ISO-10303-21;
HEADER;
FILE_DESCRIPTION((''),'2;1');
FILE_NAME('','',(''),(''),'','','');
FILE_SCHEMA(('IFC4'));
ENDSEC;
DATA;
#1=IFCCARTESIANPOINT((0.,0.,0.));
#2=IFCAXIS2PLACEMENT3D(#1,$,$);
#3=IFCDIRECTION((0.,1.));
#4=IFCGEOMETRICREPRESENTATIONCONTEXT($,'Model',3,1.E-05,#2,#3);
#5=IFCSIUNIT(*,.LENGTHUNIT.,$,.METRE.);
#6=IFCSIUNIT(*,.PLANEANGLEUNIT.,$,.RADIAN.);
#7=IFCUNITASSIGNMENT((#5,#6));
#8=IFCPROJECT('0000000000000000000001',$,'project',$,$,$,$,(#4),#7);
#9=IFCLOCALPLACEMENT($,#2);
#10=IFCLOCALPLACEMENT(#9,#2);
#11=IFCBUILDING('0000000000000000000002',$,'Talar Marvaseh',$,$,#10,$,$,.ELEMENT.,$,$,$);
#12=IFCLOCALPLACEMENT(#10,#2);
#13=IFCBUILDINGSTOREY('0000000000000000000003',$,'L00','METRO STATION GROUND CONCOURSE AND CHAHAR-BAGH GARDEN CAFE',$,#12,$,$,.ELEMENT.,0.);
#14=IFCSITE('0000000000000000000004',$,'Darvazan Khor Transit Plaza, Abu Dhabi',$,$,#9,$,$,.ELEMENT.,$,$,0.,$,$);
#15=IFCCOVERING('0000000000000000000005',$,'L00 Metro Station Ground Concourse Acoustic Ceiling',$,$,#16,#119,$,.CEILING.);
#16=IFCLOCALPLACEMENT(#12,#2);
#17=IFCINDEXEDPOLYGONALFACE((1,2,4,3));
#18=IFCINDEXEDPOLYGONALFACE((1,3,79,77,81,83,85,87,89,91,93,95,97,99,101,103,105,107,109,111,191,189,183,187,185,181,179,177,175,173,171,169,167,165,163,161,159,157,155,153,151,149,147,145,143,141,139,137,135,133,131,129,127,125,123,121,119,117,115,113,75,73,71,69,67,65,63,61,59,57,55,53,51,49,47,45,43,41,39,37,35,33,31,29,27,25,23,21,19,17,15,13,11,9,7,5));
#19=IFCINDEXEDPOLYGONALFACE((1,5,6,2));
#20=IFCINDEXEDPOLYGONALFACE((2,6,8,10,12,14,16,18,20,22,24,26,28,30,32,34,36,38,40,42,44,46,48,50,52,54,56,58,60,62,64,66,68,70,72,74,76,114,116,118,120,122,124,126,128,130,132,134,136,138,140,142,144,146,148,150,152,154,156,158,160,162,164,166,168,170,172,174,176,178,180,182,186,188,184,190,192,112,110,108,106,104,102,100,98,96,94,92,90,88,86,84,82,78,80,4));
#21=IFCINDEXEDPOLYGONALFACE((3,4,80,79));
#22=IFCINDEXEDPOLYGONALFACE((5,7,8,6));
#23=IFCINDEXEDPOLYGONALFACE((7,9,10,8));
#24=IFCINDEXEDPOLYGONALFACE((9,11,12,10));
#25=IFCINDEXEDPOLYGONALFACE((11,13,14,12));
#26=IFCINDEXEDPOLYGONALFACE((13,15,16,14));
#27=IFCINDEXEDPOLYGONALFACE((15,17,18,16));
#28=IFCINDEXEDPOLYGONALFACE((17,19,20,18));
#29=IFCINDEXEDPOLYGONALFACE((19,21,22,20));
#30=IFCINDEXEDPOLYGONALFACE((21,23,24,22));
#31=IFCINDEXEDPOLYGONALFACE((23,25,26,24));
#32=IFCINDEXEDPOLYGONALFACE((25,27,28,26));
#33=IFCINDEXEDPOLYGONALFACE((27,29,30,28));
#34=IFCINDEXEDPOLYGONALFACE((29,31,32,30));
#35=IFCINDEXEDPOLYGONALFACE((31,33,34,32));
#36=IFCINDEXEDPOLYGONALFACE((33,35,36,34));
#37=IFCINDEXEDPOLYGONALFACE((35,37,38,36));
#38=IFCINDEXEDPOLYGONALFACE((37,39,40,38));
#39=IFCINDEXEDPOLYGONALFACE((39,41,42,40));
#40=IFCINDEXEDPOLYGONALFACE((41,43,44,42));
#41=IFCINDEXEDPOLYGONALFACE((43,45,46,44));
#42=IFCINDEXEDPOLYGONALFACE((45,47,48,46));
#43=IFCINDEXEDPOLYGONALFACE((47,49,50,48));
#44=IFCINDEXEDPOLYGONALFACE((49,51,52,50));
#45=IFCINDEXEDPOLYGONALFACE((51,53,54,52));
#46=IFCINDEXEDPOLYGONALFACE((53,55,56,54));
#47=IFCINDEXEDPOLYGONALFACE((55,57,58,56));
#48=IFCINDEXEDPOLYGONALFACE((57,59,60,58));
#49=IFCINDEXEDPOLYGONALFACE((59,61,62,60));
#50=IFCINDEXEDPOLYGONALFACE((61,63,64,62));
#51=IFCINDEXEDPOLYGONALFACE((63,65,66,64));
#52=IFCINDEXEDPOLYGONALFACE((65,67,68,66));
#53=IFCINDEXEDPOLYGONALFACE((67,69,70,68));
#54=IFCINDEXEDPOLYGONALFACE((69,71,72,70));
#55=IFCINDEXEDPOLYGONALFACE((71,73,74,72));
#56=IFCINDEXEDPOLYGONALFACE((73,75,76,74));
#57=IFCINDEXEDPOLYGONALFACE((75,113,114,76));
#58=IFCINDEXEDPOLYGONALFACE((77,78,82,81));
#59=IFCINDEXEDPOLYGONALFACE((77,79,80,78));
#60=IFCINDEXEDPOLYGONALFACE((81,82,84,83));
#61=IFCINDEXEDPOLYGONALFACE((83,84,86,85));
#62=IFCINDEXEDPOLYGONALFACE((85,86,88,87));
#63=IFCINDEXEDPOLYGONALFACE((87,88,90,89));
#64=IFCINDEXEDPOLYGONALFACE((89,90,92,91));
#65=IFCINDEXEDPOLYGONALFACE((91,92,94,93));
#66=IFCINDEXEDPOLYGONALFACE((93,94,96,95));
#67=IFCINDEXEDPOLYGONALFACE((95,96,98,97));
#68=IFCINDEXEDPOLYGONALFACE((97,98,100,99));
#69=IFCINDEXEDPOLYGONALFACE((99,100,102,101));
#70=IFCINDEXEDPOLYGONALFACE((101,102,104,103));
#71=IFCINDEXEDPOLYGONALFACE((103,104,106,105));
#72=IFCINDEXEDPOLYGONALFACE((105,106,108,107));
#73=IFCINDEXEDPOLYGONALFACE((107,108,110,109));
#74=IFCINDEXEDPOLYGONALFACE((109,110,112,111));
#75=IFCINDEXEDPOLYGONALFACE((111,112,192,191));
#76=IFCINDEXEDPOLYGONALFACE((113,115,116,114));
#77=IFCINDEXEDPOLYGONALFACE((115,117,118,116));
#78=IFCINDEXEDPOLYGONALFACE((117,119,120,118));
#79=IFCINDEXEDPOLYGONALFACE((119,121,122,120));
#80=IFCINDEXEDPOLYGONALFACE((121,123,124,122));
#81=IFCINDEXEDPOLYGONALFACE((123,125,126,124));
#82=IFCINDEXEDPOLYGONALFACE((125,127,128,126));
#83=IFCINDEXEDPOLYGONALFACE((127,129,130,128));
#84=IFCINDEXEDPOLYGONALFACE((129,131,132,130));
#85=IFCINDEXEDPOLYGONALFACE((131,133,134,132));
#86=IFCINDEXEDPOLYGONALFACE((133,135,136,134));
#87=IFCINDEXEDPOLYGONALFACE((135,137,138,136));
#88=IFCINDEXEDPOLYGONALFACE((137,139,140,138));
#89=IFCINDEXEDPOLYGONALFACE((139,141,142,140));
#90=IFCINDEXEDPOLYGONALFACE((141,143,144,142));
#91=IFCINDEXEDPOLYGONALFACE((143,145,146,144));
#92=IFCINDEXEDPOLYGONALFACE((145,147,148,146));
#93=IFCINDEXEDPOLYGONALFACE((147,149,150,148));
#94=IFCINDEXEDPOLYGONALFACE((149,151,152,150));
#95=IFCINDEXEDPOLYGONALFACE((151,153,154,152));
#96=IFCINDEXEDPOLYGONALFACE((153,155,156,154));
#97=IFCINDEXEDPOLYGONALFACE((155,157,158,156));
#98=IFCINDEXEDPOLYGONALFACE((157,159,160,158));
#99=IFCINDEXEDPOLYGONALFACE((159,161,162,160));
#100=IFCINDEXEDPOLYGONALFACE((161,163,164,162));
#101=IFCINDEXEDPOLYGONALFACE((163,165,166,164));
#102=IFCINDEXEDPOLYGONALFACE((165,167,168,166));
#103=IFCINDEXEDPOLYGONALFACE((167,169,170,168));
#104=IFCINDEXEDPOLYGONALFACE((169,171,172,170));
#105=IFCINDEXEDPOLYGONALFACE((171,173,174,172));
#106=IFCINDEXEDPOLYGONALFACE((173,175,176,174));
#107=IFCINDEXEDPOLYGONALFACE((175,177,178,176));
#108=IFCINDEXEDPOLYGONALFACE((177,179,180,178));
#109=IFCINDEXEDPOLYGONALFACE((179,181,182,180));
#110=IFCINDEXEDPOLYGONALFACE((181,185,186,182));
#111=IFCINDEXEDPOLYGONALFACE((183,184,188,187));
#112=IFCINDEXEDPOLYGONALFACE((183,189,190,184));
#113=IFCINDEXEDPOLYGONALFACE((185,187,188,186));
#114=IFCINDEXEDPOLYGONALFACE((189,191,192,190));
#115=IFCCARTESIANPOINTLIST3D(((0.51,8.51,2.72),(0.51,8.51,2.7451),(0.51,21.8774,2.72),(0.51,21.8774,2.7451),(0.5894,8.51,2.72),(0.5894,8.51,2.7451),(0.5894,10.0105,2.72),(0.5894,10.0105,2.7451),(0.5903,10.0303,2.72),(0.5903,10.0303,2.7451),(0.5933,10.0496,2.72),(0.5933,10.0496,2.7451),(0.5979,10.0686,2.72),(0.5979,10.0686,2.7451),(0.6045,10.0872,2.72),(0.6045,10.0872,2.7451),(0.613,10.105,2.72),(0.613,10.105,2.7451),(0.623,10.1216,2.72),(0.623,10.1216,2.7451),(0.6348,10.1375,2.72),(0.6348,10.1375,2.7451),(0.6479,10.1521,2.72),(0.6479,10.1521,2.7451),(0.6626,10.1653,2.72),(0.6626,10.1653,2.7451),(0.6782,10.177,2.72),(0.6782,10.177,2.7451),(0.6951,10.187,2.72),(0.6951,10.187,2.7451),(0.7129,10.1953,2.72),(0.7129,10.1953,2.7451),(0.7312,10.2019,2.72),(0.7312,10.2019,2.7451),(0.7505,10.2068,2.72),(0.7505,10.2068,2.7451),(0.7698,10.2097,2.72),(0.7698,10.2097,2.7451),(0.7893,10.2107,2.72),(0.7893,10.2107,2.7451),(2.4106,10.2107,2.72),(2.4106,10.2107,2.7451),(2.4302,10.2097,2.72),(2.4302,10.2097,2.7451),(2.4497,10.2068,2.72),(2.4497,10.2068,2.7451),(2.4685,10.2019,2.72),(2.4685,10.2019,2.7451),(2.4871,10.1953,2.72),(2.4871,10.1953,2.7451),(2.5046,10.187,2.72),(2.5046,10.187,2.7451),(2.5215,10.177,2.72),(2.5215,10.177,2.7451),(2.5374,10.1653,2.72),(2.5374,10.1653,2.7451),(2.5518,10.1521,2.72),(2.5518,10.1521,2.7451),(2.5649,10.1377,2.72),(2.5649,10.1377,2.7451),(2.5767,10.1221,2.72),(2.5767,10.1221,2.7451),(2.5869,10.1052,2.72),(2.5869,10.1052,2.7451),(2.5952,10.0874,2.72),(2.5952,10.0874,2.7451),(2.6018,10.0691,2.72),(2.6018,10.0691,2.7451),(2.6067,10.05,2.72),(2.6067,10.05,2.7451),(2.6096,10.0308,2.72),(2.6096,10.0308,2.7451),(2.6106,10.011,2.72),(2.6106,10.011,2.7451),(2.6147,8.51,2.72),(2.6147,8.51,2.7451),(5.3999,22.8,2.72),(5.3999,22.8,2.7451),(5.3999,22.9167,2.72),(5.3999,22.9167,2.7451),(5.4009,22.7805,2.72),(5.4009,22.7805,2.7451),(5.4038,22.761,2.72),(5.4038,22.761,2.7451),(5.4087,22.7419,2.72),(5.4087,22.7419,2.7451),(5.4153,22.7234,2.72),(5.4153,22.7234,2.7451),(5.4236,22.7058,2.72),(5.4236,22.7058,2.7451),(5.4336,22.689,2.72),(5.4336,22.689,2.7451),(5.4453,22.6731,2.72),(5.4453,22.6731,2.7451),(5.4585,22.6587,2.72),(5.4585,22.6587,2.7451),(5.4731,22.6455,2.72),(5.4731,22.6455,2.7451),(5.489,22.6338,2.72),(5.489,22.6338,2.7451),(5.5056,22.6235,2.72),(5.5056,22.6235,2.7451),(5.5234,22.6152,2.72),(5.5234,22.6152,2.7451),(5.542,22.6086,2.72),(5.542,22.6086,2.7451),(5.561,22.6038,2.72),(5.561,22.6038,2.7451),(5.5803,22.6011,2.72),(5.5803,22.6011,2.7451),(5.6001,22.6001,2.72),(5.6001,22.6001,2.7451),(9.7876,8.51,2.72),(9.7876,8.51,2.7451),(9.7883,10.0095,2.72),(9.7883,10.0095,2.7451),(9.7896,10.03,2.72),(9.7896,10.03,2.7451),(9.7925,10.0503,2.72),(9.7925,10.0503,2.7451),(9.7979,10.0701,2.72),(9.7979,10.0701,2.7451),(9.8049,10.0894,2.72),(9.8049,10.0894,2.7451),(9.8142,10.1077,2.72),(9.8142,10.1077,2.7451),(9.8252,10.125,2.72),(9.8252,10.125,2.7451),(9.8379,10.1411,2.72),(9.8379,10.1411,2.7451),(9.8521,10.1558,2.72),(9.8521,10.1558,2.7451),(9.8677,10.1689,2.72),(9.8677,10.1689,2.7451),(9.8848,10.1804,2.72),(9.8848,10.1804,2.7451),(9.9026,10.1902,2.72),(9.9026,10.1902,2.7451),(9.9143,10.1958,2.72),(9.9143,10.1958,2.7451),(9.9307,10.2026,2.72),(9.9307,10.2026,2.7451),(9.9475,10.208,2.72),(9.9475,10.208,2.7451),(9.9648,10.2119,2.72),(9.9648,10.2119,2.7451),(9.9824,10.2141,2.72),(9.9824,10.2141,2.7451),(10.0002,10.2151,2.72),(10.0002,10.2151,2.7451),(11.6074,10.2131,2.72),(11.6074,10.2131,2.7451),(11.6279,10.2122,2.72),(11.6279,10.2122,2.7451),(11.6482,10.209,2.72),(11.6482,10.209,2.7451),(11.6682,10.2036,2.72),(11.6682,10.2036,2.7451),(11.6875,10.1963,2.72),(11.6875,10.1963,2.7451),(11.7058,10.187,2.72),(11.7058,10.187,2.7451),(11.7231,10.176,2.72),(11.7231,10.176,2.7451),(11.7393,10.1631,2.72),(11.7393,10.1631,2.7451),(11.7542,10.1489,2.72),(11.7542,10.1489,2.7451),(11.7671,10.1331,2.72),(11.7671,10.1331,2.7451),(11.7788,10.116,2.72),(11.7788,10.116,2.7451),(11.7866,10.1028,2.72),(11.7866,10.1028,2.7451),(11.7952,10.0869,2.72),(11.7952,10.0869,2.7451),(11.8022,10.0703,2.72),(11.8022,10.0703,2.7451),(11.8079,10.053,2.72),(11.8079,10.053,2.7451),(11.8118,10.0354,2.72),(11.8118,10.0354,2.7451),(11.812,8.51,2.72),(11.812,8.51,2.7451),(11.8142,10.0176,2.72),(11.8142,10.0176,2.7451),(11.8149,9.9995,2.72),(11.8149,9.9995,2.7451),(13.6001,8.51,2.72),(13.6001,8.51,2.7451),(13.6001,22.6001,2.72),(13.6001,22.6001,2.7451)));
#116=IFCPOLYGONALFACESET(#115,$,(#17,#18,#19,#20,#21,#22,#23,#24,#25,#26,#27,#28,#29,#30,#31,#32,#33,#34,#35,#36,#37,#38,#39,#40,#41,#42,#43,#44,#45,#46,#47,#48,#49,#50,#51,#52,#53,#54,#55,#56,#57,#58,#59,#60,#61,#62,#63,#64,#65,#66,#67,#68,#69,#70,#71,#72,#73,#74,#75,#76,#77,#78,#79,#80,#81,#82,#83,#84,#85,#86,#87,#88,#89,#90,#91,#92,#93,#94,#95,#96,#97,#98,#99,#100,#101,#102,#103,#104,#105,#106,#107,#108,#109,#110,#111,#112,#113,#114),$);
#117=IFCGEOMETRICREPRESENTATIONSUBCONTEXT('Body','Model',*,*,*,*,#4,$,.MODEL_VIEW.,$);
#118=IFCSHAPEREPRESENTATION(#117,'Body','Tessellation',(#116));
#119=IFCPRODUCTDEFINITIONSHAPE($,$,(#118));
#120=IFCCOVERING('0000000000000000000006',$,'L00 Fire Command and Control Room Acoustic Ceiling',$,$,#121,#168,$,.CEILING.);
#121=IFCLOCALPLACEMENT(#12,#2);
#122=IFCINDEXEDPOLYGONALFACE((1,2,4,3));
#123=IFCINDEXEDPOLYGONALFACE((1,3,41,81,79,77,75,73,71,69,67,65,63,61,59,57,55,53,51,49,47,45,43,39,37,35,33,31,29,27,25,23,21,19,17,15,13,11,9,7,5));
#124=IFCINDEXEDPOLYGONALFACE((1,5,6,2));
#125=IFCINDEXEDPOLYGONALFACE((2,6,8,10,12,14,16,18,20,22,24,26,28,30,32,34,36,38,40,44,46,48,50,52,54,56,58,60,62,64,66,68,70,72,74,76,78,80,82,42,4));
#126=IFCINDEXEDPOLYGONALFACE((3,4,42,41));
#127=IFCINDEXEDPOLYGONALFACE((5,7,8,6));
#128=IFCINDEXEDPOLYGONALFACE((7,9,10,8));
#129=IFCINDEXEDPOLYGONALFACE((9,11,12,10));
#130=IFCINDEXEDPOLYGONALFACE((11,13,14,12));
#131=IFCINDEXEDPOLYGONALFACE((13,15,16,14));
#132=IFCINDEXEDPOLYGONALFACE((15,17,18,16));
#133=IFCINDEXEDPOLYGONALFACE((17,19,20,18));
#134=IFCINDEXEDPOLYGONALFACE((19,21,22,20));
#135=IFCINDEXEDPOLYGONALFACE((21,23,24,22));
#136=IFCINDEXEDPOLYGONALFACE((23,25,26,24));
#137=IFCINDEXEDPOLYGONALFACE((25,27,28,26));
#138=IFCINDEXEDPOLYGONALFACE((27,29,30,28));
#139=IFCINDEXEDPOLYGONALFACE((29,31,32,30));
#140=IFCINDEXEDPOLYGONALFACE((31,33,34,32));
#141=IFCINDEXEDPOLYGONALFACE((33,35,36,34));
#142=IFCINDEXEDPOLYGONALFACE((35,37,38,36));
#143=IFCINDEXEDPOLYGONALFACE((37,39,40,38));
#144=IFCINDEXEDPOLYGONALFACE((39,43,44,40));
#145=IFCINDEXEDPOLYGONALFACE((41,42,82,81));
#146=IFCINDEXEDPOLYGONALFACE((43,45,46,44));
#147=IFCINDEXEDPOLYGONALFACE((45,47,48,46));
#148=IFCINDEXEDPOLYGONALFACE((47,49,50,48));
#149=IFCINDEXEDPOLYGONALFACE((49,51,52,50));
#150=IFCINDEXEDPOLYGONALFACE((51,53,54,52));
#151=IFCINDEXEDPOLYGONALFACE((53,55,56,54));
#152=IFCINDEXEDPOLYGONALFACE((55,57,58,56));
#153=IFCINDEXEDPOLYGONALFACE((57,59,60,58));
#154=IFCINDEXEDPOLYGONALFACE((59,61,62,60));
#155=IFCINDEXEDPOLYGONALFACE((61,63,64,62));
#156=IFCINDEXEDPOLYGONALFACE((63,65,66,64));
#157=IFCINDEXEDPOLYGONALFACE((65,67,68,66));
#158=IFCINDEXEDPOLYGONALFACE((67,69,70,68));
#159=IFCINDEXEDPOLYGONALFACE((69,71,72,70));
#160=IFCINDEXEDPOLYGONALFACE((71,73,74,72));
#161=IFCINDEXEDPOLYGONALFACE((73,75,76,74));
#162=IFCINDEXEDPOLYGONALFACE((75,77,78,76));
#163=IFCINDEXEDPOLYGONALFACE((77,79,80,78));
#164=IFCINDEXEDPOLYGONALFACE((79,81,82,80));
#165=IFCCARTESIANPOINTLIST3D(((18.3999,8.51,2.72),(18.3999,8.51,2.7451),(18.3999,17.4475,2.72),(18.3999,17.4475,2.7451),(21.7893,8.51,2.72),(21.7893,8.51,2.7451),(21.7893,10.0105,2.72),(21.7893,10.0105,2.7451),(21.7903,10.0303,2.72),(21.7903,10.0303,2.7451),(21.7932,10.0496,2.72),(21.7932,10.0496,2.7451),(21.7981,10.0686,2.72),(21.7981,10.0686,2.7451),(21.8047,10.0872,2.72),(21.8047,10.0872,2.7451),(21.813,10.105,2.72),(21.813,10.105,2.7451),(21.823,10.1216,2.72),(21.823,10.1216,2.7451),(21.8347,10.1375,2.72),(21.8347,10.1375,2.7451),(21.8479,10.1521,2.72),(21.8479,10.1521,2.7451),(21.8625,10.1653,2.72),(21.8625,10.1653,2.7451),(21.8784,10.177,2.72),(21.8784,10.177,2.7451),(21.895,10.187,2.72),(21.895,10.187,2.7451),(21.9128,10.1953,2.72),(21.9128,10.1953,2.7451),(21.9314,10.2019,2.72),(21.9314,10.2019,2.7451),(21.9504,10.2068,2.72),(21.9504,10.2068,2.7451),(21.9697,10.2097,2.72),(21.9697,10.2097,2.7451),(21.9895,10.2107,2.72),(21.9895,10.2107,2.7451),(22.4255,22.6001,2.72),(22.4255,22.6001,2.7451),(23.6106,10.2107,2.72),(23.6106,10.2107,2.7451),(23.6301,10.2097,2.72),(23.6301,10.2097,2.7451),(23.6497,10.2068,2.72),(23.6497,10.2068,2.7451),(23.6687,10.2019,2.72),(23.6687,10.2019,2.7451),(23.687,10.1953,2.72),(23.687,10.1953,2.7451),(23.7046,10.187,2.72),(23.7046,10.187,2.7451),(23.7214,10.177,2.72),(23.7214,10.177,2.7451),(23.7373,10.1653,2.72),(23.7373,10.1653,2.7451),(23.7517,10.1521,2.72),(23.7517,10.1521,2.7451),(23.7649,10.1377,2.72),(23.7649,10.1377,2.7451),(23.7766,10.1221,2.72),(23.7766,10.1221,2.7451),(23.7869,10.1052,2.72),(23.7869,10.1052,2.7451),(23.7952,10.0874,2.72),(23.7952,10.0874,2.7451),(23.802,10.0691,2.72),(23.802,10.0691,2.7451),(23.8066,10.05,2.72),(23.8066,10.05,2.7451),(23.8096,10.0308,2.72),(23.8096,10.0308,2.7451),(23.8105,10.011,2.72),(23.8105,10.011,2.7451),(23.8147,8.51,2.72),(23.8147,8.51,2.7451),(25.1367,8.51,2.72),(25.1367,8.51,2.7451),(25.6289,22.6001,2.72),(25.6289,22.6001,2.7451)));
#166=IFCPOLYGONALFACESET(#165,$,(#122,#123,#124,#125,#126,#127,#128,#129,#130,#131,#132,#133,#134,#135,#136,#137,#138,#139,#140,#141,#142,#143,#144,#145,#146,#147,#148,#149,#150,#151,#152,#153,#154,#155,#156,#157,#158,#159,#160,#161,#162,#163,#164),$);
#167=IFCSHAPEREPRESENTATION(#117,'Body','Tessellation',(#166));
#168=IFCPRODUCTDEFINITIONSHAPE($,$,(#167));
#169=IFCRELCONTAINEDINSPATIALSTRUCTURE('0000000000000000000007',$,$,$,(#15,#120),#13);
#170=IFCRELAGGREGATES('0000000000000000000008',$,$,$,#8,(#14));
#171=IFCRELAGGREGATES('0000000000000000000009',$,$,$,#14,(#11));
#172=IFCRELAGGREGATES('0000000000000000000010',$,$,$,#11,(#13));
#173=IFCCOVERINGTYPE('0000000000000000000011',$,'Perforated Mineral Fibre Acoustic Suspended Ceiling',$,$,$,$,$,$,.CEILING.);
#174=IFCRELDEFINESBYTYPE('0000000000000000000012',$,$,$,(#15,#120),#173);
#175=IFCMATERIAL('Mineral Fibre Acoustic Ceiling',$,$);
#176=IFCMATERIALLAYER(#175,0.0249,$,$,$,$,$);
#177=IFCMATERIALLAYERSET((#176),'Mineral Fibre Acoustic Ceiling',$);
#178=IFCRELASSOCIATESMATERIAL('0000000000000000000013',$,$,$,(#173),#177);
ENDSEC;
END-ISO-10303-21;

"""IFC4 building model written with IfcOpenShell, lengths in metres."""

from ifc_helpers import new_model, si_unit, direction, frame, origin, place, context, subcontext, project, spatial, polyline, outline, extrude, material, layer, layer_set, type_object, element, save


model = new_model("IFC4")

# Units and contexts
model_context = context("Model", 3, precision=1e-05, world=origin(), true_north=direction((0.0, 1.0)))
body_context = subcontext(model_context, "Body", "Model", "MODEL_VIEW")
ifc_project = project(units=[si_unit("LENGTHUNIT", "METRE"), si_unit("PLANEANGLEUNIT", "RADIAN")], contexts=[model_context])

# Site, building, storey
site_placement = place(None, origin())
site = spatial("IfcSite", under=ifc_project, at=site_placement, Name="Darvazan Khor Transit Plaza, Abu Dhabi", CompositionType="ELEMENT", RefElevation=0.0)
building_placement = place(site_placement, origin())
building = spatial("IfcBuilding", under=site, at=building_placement, Name="Talar Marvaseh", CompositionType="ELEMENT")
storey_placement = place(building_placement, origin())
storey = spatial("IfcBuildingStorey", under=building, at=storey_placement, Name="L00", Description="METRO STATION GROUND CONCOURSE AND CHAHAR-BAGH GARDEN CAFE", CompositionType="ELEMENT", Elevation=0.0)

# Coverings
ifc_material_1 = material(Name="Mineral Fibre Acoustic Ceiling")
ifc_layer_1 = layer(ifc_material_1, 0.0249)
ifc_layer_set_1 = layer_set([ifc_layer_1], Name="Mineral Fibre Acoustic Ceiling")
covering_type_1 = type_object("IfcCoveringType", Name="Perforated Mineral Fibre Acoustic Suspended Ceiling", PredefinedType="CEILING", material=ifc_layer_set_1)
covering_1_placement = place(storey_placement, frame((0.0, 0.0, 2.72)))
element("IfcCovering", 1, at=covering_1_placement, inside=storey, type_object=covering_type_1, Name="L00 Metro Station Ground Concourse Acoustic Ceiling", PredefinedType="CEILING", context=body_context, shape_type="SweptSolid", body=[
    extrude(outline(polyline([(5.3999, 22.9167), (5.3999, 22.8), (5.4009, 22.7805), (5.4038, 22.761), (5.4087, 22.7419), (5.4153, 22.7234), (5.4236, 22.7058), (5.4336, 22.689), (5.4453, 22.6731), (5.4585, 22.6587), (5.4731, 22.6455), (5.489, 22.6338), (5.5056, 22.6235), (5.5234, 22.6152), (5.542, 22.6086), (5.561, 22.6038), (5.5803, 22.6011), (5.6001, 22.6001), (13.6001, 22.6001), (13.6001, 8.51), (11.812, 8.51), (11.8149, 9.9995), (11.8142, 10.0176), (11.8118, 10.0354), (11.8079, 10.053), (11.8022, 10.0703), (11.7952, 10.0869), (11.7866, 10.1028), (11.7788, 10.116), (11.7671, 10.1331), (11.7542, 10.1489), (11.7393, 10.1631), (11.7231, 10.176), (11.7058, 10.187), (11.6875, 10.1963), (11.6682, 10.2036), (11.6482, 10.209), (11.6279, 10.2122), (11.6074, 10.2131), (10.0002, 10.2151), (9.9824, 10.2141), (9.9648, 10.2119), (9.9475, 10.208), (9.9307, 10.2026), (9.9143, 10.1958), (9.9026, 10.1902), (9.8848, 10.1804), (9.8677, 10.1689), (9.8521, 10.1558), (9.8379, 10.1411), (9.8252, 10.125), (9.8142, 10.1077), (9.8049, 10.0894), (9.7979, 10.0701), (9.7925, 10.0503), (9.7896, 10.03), (9.7883, 10.0095), (9.7876, 8.51), (2.6147, 8.51), (2.6106, 10.011), (2.6096, 10.0308), (2.6067, 10.05), (2.6018, 10.0691), (2.5952, 10.0874), (2.5869, 10.1052), (2.5767, 10.1221), (2.5649, 10.1377), (2.5518, 10.1521), (2.5374, 10.1653), (2.5215, 10.177), (2.5046, 10.187), (2.4871, 10.1953), (2.4685, 10.2019), (2.4497, 10.2068), (2.4302, 10.2097), (2.4106, 10.2107), (0.7893, 10.2107), (0.7698, 10.2097), (0.7505, 10.2068), (0.7312, 10.2019), (0.7129, 10.1953), (0.6951, 10.187), (0.6782, 10.177), (0.6626, 10.1653), (0.6479, 10.1521), (0.6348, 10.1375), (0.623, 10.1216), (0.613, 10.105), (0.6045, 10.0872), (0.5979, 10.0686), (0.5933, 10.0496), (0.5903, 10.0303), (0.5894, 10.0105), (0.5894, 8.51), (0.51, 8.51), (0.51, 21.8774), (5.3999, 22.9167)])), origin(), (0.0, 0.0, 1.0), 0.0251),
])
covering_2_placement = place(storey_placement, frame((0.0, 0.0, 2.72)))
element("IfcCovering", 2, at=covering_2_placement, inside=storey, type_object=covering_type_1, Name="L00 Fire Command and Control Room Acoustic Ceiling", PredefinedType="CEILING", context=body_context, shape_type="SweptSolid", body=[
    extrude(outline(polyline([(18.3999, 17.4475), (22.4255, 22.6001), (25.6289, 22.6001), (25.1367, 8.51), (23.8147, 8.51), (23.8105, 10.011), (23.8096, 10.0308), (23.8066, 10.05), (23.802, 10.0691), (23.7952, 10.0874), (23.7869, 10.1052), (23.7766, 10.1221), (23.7649, 10.1377), (23.7517, 10.1521), (23.7373, 10.1653), (23.7214, 10.177), (23.7046, 10.187), (23.687, 10.1953), (23.6687, 10.2019), (23.6497, 10.2068), (23.6301, 10.2097), (23.6106, 10.2107), (21.9895, 10.2107), (21.9697, 10.2097), (21.9504, 10.2068), (21.9314, 10.2019), (21.9128, 10.1953), (21.895, 10.187), (21.8784, 10.177), (21.8625, 10.1653), (21.8479, 10.1521), (21.8347, 10.1375), (21.823, 10.1216), (21.813, 10.105), (21.8047, 10.0872), (21.7981, 10.0686), (21.7932, 10.0496), (21.7903, 10.0303), (21.7893, 10.0105), (21.7893, 8.51), (18.3999, 8.51), (18.3999, 17.4475)])), origin(), (0.0, 0.0, 1.0), 0.0251),
])

save(model, "model.ifc")
